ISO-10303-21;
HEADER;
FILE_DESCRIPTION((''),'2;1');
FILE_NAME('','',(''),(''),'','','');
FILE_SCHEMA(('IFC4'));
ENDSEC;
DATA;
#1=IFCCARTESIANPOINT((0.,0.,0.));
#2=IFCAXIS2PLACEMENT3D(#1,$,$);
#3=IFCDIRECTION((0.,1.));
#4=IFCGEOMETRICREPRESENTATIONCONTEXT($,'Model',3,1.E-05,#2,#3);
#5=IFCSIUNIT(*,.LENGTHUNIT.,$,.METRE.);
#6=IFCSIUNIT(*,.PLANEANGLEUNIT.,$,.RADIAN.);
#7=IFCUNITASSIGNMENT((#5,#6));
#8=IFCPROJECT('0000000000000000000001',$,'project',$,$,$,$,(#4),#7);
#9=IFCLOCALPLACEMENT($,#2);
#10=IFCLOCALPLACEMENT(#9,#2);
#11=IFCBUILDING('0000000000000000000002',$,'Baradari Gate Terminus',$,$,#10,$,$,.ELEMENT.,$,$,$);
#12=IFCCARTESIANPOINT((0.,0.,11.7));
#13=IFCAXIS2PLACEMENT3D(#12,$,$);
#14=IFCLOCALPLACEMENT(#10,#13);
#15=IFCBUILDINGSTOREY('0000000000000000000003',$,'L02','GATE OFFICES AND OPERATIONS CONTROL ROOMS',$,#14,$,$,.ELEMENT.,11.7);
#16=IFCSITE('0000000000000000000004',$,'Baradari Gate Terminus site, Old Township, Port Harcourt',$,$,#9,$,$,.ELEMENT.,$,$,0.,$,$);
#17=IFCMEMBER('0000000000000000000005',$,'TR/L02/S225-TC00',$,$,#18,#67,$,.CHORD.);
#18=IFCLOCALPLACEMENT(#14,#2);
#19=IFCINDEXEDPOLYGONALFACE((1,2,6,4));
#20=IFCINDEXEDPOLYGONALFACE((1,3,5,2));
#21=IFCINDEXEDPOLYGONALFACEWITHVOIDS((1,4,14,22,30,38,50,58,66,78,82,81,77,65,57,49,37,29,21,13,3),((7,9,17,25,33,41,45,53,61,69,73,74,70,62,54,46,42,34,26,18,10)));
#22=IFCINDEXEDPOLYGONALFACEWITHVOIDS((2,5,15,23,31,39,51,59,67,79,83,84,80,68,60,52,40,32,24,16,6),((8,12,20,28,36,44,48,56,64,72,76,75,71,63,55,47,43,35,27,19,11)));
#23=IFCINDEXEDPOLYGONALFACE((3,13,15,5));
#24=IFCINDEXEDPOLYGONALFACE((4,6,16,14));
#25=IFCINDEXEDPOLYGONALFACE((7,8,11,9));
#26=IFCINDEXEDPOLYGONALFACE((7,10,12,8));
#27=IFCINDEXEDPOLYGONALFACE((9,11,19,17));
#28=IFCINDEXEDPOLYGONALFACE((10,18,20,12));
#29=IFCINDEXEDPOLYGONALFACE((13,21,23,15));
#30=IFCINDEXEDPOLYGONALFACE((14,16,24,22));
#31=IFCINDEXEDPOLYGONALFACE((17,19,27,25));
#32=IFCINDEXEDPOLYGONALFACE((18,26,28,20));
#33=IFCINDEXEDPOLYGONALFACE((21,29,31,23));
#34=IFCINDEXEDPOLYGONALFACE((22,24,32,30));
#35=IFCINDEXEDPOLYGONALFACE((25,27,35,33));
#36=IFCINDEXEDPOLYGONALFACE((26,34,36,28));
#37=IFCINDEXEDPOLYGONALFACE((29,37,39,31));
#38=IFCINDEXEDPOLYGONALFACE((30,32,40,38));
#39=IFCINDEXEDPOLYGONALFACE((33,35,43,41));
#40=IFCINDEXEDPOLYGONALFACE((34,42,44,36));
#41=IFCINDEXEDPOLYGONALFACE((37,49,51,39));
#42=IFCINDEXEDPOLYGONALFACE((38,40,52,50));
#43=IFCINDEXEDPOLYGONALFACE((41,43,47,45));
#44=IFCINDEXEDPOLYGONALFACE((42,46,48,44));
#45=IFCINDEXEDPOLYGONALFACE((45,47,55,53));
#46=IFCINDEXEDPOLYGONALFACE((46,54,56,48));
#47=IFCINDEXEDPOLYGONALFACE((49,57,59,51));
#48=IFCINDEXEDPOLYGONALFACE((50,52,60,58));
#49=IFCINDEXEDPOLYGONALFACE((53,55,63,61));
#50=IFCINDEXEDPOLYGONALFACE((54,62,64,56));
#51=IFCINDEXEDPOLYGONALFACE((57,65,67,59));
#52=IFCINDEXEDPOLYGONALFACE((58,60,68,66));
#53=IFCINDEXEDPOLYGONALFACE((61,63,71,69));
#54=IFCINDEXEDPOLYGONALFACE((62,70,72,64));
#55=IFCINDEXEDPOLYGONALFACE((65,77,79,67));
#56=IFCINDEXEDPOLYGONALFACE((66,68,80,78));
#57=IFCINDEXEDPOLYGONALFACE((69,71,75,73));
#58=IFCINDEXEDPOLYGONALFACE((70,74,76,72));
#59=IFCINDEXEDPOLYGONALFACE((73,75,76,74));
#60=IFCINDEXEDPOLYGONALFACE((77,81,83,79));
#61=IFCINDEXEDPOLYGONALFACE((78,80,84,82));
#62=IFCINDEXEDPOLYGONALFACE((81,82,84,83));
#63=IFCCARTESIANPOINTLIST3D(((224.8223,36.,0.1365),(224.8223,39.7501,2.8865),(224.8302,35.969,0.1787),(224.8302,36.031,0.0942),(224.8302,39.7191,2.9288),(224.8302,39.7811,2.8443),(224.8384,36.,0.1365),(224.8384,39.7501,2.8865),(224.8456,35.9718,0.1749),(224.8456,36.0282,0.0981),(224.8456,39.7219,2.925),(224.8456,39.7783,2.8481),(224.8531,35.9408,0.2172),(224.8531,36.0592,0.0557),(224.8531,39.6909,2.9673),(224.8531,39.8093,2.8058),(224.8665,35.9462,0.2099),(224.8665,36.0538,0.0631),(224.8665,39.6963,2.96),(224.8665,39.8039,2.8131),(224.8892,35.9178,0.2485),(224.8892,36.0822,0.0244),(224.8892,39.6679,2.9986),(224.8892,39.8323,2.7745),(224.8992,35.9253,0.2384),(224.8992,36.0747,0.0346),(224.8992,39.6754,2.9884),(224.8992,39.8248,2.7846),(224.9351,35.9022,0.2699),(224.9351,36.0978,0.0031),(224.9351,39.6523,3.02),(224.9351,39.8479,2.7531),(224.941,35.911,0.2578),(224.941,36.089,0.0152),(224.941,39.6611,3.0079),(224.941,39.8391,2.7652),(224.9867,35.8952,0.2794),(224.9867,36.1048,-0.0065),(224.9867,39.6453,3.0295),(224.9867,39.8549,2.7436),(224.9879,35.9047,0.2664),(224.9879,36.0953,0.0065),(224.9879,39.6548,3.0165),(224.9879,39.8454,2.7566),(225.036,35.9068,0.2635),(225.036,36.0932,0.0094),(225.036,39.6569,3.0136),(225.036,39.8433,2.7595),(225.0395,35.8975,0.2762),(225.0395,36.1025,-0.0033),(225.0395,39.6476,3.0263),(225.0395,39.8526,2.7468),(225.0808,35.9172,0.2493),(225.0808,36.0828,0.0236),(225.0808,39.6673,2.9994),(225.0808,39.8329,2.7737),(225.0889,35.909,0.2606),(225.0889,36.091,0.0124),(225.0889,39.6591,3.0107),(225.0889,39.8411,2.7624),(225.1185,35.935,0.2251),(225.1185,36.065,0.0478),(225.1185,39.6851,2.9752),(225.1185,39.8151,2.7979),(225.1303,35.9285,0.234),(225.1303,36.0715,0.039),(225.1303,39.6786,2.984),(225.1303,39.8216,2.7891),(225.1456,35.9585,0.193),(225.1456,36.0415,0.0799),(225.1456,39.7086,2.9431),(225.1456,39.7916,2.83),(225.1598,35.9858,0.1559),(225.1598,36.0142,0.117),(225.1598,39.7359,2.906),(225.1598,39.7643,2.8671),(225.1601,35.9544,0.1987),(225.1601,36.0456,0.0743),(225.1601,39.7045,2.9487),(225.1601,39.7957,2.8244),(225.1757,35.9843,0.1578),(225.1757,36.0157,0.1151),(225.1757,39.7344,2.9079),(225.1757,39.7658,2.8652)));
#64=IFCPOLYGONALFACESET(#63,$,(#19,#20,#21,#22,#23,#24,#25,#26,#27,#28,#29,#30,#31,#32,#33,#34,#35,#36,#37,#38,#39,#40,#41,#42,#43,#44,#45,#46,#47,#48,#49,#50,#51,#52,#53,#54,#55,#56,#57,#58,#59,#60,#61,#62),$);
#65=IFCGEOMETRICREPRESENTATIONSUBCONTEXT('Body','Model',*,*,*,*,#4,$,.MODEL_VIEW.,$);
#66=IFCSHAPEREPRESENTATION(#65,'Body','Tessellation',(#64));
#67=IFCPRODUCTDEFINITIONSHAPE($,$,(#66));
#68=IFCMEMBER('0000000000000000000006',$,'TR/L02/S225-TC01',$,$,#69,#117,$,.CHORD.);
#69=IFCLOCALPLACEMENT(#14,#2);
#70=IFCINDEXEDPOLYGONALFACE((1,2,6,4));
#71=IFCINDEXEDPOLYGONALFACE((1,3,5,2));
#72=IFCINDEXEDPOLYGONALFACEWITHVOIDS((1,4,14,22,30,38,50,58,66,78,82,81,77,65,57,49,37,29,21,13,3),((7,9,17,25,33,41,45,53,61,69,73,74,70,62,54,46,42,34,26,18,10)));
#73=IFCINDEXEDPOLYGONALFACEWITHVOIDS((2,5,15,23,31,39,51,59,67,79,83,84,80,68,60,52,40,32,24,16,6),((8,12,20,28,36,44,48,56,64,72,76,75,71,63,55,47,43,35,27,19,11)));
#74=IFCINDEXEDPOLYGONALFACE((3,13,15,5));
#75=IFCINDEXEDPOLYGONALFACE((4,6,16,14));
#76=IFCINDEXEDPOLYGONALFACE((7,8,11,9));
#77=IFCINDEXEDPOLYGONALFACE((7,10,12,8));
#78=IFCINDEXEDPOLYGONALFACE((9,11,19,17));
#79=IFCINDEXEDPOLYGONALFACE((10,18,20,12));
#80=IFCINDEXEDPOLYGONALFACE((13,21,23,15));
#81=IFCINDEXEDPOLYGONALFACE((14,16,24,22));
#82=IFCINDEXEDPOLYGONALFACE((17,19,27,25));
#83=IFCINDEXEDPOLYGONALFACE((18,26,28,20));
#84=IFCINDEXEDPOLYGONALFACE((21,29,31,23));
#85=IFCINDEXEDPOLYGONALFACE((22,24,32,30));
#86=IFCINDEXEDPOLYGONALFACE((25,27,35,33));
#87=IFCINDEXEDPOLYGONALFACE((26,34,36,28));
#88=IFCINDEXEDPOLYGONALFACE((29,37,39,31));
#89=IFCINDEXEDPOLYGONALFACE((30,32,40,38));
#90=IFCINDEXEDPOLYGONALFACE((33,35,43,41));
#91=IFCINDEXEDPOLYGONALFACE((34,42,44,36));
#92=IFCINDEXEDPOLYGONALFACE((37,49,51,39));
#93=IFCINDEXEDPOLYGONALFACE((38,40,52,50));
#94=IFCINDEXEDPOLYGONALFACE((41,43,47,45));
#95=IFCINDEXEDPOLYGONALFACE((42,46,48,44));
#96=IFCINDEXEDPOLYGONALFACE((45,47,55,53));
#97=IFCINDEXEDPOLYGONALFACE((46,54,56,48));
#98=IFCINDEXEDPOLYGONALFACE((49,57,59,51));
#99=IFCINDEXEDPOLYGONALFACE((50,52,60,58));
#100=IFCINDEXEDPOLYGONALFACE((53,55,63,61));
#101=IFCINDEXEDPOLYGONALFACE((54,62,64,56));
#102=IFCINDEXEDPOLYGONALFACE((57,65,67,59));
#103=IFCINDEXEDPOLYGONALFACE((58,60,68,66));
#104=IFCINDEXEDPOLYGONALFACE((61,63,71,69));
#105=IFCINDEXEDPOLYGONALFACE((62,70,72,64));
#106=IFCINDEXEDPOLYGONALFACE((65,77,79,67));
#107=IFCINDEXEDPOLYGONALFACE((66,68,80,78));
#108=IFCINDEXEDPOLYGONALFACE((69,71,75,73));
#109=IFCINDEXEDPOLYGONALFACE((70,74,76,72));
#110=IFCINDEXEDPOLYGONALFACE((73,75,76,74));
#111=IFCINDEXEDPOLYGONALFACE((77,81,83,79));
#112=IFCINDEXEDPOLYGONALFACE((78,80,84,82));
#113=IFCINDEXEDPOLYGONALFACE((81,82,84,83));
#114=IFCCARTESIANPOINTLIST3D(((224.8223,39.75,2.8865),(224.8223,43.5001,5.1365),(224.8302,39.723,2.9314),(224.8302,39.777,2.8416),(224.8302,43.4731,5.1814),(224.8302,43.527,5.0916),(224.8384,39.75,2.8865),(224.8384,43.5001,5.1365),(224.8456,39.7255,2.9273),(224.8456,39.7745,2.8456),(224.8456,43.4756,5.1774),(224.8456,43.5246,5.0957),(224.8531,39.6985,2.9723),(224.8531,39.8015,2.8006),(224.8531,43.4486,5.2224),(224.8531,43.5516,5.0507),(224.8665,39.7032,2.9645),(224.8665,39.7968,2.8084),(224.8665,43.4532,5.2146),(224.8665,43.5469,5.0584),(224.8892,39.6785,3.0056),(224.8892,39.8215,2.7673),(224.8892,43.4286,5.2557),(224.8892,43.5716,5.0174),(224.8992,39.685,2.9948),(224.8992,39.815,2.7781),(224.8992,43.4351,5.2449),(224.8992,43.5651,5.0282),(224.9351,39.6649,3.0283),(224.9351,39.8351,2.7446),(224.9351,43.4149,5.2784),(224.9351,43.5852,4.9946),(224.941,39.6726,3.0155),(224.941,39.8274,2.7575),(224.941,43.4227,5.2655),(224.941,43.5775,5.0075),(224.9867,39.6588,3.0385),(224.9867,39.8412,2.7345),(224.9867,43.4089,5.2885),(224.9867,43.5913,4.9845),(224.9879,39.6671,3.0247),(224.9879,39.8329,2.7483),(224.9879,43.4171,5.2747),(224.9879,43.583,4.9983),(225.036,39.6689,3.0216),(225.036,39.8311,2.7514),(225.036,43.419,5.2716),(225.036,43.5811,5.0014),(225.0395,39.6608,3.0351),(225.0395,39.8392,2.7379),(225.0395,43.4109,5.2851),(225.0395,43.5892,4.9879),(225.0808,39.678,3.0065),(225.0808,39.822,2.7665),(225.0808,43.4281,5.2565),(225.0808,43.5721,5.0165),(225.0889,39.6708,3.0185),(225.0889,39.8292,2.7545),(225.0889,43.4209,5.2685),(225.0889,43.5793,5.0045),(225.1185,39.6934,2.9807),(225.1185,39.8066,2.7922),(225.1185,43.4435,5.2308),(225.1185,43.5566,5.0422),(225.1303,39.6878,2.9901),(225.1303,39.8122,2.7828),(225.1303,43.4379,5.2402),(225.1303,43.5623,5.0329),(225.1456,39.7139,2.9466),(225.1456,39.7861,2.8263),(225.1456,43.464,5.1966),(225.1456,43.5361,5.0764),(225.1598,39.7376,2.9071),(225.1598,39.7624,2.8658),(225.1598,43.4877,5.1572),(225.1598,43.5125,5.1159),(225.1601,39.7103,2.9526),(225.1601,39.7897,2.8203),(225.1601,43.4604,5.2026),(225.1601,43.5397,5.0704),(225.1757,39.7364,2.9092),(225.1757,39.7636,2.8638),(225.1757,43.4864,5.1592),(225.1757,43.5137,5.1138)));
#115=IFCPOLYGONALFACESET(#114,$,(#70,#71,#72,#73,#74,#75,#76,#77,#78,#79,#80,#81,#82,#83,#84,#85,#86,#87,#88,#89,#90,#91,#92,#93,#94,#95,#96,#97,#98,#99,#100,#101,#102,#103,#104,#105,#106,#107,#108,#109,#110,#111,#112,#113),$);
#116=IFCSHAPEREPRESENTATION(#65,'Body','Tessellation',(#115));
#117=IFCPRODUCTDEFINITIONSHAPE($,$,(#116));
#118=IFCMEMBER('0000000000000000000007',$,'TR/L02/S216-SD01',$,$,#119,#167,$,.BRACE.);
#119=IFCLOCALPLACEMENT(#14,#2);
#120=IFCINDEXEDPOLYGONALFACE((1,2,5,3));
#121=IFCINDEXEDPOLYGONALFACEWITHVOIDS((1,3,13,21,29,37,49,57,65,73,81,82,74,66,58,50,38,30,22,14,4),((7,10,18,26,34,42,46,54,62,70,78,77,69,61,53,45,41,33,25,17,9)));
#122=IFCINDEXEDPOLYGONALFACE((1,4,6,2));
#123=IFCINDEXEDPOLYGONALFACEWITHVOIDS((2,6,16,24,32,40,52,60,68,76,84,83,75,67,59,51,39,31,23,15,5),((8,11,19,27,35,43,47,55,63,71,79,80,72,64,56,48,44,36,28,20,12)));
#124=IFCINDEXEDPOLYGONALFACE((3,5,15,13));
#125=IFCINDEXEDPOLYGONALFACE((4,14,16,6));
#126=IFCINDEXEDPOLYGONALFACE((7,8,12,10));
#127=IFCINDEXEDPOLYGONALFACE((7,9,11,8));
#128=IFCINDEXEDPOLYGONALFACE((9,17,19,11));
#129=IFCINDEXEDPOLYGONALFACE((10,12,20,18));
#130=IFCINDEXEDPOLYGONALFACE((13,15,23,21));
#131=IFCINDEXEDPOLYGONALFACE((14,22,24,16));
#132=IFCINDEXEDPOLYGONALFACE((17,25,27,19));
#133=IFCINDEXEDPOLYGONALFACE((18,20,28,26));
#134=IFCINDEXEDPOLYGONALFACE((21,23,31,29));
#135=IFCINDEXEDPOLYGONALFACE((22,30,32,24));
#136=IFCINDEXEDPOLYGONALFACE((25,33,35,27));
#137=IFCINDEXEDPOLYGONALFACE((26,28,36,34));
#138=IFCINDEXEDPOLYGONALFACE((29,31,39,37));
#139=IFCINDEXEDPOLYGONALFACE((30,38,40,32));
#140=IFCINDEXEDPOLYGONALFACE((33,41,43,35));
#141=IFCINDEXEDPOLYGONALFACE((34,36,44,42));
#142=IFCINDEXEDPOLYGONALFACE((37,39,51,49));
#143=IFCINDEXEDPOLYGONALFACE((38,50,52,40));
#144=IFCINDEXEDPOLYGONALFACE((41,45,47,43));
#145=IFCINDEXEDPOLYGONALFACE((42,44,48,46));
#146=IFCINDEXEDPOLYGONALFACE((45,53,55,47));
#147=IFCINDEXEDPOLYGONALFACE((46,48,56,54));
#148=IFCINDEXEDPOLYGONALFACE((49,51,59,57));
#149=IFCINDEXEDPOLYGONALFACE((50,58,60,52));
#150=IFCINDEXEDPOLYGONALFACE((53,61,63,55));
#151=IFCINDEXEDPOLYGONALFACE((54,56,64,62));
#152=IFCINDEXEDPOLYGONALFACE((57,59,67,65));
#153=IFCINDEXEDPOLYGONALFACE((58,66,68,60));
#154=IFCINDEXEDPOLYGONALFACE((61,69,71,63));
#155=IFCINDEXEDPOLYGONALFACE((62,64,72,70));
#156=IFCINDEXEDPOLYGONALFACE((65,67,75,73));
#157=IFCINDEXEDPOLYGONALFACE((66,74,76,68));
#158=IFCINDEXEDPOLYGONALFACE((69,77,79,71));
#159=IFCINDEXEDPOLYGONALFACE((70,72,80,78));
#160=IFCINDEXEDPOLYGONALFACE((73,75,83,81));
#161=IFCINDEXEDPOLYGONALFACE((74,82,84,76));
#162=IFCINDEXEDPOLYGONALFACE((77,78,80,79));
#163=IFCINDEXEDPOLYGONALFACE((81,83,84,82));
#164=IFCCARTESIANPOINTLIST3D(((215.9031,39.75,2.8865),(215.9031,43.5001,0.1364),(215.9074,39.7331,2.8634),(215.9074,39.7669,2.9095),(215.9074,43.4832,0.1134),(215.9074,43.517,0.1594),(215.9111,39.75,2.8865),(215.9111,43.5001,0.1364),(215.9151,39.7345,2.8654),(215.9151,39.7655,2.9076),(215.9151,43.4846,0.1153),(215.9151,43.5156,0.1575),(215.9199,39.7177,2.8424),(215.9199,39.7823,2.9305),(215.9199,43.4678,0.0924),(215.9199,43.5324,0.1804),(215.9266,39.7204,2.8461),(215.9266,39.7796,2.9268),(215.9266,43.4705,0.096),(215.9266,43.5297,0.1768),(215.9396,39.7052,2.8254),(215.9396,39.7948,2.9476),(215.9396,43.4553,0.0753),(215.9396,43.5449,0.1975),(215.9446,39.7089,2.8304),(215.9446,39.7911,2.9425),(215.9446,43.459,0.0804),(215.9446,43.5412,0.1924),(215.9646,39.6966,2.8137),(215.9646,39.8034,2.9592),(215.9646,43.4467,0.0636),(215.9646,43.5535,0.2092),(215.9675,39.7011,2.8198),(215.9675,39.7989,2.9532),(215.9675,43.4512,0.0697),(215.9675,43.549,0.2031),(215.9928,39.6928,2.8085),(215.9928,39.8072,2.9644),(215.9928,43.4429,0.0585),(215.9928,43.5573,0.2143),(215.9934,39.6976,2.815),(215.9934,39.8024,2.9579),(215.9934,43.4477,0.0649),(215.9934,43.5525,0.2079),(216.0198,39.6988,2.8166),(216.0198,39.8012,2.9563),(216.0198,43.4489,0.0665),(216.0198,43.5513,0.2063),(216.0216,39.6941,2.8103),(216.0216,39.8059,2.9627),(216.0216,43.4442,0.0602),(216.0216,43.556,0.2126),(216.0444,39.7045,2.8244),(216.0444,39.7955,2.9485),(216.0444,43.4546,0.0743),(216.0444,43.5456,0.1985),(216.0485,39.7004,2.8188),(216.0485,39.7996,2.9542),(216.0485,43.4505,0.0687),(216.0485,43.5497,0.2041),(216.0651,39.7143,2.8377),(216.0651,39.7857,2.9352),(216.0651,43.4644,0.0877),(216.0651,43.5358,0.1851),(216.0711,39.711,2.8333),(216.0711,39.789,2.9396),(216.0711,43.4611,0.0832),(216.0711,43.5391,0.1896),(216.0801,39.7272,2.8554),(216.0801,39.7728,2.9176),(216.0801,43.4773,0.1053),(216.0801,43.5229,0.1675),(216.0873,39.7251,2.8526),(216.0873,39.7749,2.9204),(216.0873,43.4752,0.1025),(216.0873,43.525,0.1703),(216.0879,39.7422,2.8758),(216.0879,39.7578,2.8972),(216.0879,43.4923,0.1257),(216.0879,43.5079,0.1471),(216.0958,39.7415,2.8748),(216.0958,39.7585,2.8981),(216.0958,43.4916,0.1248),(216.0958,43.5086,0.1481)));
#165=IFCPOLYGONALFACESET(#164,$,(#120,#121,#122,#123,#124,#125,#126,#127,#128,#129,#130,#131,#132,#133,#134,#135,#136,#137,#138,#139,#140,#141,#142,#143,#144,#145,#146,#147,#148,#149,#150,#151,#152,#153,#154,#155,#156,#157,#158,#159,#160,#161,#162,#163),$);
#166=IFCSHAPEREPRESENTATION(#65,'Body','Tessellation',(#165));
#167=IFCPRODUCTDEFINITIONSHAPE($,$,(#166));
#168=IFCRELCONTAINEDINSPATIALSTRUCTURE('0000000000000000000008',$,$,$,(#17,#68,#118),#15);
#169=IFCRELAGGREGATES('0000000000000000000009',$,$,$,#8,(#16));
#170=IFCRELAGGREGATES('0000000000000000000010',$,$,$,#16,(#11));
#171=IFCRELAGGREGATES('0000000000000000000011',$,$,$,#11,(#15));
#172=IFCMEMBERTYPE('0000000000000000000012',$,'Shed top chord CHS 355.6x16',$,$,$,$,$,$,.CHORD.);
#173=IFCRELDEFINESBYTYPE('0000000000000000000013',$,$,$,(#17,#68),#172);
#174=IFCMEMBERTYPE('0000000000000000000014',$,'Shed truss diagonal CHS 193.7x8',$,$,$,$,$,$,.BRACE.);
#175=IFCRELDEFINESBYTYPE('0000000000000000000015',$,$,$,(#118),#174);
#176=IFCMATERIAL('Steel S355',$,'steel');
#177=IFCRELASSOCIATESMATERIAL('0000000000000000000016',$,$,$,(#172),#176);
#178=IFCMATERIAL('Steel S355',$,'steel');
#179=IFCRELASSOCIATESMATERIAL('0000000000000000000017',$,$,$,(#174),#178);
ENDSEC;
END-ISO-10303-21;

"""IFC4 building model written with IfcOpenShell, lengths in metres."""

from ifc_helpers import new_model, si_unit, direction, frame, origin, origin_2d, place, context, subcontext, project, spatial, hollow_circle, extrude, material, material_profile, profile_set, type_object, element, save


model = new_model("IFC4")

# Units and contexts
model_context = context("Model", 3, precision=1e-05, world=origin(), true_north=direction((0.0, 1.0)))
body_context = subcontext(model_context, "Body", "Model", "MODEL_VIEW")
ifc_project = project(units=[si_unit("LENGTHUNIT", "METRE"), si_unit("PLANEANGLEUNIT", "RADIAN")], contexts=[model_context])

# Site, building, storey
site_placement = place(None, origin())
site = spatial("IfcSite", under=ifc_project, at=site_placement, Name="Baradari Gate Terminus site, Old Township, Port Harcourt", CompositionType="ELEMENT", RefElevation=0.0)
building_placement = place(site_placement, origin())
building = spatial("IfcBuilding", under=site, at=building_placement, Name="Baradari Gate Terminus", CompositionType="ELEMENT")
storey_placement = place(building_placement, frame((0.0, 0.0, 11.7)))
storey = spatial("IfcBuildingStorey", under=building, at=storey_placement, Name="L02", Description="GATE OFFICES AND OPERATIONS CONTROL ROOMS", CompositionType="ELEMENT", Elevation=11.7)

# Members
ifc_material_1 = material(Name="Steel S355", Category="steel")
ifc_material_profile_1 = material_profile(ifc_material_1, hollow_circle(Radius=0.1777, WallThickness=0.0161, at=origin_2d()), Name="CHS 355.6x16")
ifc_profile_set_1 = profile_set([ifc_material_profile_1], Name="Steel S355")
member_type_1 = type_object("IfcMemberType", Name="Shed top chord CHS 355.6x16", PredefinedType="CHORD", material=ifc_profile_set_1)
member_1_placement = place(storey_placement, frame((225.0, 36.0, 0.1365), z_axis=(0.0, 0.806405, 0.591364), x_axis=(-1.0, 0.0, 0.0)))
element("IfcMember", 1, at=member_1_placement, inside=storey, type_object=member_type_1, Name="TR/L02/S225-TC00", PredefinedType="CHORD", context=body_context, shape_type="SweptSolid", body=[
    extrude(hollow_circle(Radius=0.1777, WallThickness=0.0161, at=origin_2d()), origin(), (0.0, 0.0, 1.0), 4.6504),
])
member_2_placement = place(storey_placement, frame((225.0, 39.75, 2.8865), z_axis=(0.0, 0.857493, 0.514496), x_axis=(-1.0, 0.0, 0.0)))
element("IfcMember", 2, at=member_2_placement, inside=storey, type_object=member_type_1, Name="TR/L02/S225-TC01", PredefinedType="CHORD", context=body_context, shape_type="SweptSolid", body=[
    extrude(hollow_circle(Radius=0.1777, WallThickness=0.0161, at=origin_2d()), origin(), (0.0, 0.0, 1.0), 4.3733),
])
ifc_material_2 = material(Name="Steel S355", Category="steel")
ifc_material_profile_2 = material_profile(ifc_material_2, hollow_circle(Radius=0.0969, WallThickness=0.0081, at=origin_2d()), Name="CHS 193.7x8")
ifc_profile_set_2 = profile_set([ifc_material_profile_2], Name="Steel S355")
member_type_2 = type_object("IfcMemberType", Name="Shed truss diagonal CHS 193.7x8", PredefinedType="BRACE", material=ifc_profile_set_2)
member_3_placement = place(storey_placement, frame((216.0, 39.75, 2.8865), z_axis=(0.0, 0.806405, -0.591364), x_axis=(-1.0, 0.0, 0.0)))
element("IfcMember", 3, at=member_3_placement, inside=storey, type_object=member_type_2, Name="TR/L02/S216-SD01", PredefinedType="BRACE", context=body_context, shape_type="SweptSolid", body=[
    extrude(hollow_circle(Radius=0.0969, WallThickness=0.0081, at=origin_2d()), origin(), (0.0, 0.0, 1.0), 4.6504),
])

save(model, "model.ifc")
